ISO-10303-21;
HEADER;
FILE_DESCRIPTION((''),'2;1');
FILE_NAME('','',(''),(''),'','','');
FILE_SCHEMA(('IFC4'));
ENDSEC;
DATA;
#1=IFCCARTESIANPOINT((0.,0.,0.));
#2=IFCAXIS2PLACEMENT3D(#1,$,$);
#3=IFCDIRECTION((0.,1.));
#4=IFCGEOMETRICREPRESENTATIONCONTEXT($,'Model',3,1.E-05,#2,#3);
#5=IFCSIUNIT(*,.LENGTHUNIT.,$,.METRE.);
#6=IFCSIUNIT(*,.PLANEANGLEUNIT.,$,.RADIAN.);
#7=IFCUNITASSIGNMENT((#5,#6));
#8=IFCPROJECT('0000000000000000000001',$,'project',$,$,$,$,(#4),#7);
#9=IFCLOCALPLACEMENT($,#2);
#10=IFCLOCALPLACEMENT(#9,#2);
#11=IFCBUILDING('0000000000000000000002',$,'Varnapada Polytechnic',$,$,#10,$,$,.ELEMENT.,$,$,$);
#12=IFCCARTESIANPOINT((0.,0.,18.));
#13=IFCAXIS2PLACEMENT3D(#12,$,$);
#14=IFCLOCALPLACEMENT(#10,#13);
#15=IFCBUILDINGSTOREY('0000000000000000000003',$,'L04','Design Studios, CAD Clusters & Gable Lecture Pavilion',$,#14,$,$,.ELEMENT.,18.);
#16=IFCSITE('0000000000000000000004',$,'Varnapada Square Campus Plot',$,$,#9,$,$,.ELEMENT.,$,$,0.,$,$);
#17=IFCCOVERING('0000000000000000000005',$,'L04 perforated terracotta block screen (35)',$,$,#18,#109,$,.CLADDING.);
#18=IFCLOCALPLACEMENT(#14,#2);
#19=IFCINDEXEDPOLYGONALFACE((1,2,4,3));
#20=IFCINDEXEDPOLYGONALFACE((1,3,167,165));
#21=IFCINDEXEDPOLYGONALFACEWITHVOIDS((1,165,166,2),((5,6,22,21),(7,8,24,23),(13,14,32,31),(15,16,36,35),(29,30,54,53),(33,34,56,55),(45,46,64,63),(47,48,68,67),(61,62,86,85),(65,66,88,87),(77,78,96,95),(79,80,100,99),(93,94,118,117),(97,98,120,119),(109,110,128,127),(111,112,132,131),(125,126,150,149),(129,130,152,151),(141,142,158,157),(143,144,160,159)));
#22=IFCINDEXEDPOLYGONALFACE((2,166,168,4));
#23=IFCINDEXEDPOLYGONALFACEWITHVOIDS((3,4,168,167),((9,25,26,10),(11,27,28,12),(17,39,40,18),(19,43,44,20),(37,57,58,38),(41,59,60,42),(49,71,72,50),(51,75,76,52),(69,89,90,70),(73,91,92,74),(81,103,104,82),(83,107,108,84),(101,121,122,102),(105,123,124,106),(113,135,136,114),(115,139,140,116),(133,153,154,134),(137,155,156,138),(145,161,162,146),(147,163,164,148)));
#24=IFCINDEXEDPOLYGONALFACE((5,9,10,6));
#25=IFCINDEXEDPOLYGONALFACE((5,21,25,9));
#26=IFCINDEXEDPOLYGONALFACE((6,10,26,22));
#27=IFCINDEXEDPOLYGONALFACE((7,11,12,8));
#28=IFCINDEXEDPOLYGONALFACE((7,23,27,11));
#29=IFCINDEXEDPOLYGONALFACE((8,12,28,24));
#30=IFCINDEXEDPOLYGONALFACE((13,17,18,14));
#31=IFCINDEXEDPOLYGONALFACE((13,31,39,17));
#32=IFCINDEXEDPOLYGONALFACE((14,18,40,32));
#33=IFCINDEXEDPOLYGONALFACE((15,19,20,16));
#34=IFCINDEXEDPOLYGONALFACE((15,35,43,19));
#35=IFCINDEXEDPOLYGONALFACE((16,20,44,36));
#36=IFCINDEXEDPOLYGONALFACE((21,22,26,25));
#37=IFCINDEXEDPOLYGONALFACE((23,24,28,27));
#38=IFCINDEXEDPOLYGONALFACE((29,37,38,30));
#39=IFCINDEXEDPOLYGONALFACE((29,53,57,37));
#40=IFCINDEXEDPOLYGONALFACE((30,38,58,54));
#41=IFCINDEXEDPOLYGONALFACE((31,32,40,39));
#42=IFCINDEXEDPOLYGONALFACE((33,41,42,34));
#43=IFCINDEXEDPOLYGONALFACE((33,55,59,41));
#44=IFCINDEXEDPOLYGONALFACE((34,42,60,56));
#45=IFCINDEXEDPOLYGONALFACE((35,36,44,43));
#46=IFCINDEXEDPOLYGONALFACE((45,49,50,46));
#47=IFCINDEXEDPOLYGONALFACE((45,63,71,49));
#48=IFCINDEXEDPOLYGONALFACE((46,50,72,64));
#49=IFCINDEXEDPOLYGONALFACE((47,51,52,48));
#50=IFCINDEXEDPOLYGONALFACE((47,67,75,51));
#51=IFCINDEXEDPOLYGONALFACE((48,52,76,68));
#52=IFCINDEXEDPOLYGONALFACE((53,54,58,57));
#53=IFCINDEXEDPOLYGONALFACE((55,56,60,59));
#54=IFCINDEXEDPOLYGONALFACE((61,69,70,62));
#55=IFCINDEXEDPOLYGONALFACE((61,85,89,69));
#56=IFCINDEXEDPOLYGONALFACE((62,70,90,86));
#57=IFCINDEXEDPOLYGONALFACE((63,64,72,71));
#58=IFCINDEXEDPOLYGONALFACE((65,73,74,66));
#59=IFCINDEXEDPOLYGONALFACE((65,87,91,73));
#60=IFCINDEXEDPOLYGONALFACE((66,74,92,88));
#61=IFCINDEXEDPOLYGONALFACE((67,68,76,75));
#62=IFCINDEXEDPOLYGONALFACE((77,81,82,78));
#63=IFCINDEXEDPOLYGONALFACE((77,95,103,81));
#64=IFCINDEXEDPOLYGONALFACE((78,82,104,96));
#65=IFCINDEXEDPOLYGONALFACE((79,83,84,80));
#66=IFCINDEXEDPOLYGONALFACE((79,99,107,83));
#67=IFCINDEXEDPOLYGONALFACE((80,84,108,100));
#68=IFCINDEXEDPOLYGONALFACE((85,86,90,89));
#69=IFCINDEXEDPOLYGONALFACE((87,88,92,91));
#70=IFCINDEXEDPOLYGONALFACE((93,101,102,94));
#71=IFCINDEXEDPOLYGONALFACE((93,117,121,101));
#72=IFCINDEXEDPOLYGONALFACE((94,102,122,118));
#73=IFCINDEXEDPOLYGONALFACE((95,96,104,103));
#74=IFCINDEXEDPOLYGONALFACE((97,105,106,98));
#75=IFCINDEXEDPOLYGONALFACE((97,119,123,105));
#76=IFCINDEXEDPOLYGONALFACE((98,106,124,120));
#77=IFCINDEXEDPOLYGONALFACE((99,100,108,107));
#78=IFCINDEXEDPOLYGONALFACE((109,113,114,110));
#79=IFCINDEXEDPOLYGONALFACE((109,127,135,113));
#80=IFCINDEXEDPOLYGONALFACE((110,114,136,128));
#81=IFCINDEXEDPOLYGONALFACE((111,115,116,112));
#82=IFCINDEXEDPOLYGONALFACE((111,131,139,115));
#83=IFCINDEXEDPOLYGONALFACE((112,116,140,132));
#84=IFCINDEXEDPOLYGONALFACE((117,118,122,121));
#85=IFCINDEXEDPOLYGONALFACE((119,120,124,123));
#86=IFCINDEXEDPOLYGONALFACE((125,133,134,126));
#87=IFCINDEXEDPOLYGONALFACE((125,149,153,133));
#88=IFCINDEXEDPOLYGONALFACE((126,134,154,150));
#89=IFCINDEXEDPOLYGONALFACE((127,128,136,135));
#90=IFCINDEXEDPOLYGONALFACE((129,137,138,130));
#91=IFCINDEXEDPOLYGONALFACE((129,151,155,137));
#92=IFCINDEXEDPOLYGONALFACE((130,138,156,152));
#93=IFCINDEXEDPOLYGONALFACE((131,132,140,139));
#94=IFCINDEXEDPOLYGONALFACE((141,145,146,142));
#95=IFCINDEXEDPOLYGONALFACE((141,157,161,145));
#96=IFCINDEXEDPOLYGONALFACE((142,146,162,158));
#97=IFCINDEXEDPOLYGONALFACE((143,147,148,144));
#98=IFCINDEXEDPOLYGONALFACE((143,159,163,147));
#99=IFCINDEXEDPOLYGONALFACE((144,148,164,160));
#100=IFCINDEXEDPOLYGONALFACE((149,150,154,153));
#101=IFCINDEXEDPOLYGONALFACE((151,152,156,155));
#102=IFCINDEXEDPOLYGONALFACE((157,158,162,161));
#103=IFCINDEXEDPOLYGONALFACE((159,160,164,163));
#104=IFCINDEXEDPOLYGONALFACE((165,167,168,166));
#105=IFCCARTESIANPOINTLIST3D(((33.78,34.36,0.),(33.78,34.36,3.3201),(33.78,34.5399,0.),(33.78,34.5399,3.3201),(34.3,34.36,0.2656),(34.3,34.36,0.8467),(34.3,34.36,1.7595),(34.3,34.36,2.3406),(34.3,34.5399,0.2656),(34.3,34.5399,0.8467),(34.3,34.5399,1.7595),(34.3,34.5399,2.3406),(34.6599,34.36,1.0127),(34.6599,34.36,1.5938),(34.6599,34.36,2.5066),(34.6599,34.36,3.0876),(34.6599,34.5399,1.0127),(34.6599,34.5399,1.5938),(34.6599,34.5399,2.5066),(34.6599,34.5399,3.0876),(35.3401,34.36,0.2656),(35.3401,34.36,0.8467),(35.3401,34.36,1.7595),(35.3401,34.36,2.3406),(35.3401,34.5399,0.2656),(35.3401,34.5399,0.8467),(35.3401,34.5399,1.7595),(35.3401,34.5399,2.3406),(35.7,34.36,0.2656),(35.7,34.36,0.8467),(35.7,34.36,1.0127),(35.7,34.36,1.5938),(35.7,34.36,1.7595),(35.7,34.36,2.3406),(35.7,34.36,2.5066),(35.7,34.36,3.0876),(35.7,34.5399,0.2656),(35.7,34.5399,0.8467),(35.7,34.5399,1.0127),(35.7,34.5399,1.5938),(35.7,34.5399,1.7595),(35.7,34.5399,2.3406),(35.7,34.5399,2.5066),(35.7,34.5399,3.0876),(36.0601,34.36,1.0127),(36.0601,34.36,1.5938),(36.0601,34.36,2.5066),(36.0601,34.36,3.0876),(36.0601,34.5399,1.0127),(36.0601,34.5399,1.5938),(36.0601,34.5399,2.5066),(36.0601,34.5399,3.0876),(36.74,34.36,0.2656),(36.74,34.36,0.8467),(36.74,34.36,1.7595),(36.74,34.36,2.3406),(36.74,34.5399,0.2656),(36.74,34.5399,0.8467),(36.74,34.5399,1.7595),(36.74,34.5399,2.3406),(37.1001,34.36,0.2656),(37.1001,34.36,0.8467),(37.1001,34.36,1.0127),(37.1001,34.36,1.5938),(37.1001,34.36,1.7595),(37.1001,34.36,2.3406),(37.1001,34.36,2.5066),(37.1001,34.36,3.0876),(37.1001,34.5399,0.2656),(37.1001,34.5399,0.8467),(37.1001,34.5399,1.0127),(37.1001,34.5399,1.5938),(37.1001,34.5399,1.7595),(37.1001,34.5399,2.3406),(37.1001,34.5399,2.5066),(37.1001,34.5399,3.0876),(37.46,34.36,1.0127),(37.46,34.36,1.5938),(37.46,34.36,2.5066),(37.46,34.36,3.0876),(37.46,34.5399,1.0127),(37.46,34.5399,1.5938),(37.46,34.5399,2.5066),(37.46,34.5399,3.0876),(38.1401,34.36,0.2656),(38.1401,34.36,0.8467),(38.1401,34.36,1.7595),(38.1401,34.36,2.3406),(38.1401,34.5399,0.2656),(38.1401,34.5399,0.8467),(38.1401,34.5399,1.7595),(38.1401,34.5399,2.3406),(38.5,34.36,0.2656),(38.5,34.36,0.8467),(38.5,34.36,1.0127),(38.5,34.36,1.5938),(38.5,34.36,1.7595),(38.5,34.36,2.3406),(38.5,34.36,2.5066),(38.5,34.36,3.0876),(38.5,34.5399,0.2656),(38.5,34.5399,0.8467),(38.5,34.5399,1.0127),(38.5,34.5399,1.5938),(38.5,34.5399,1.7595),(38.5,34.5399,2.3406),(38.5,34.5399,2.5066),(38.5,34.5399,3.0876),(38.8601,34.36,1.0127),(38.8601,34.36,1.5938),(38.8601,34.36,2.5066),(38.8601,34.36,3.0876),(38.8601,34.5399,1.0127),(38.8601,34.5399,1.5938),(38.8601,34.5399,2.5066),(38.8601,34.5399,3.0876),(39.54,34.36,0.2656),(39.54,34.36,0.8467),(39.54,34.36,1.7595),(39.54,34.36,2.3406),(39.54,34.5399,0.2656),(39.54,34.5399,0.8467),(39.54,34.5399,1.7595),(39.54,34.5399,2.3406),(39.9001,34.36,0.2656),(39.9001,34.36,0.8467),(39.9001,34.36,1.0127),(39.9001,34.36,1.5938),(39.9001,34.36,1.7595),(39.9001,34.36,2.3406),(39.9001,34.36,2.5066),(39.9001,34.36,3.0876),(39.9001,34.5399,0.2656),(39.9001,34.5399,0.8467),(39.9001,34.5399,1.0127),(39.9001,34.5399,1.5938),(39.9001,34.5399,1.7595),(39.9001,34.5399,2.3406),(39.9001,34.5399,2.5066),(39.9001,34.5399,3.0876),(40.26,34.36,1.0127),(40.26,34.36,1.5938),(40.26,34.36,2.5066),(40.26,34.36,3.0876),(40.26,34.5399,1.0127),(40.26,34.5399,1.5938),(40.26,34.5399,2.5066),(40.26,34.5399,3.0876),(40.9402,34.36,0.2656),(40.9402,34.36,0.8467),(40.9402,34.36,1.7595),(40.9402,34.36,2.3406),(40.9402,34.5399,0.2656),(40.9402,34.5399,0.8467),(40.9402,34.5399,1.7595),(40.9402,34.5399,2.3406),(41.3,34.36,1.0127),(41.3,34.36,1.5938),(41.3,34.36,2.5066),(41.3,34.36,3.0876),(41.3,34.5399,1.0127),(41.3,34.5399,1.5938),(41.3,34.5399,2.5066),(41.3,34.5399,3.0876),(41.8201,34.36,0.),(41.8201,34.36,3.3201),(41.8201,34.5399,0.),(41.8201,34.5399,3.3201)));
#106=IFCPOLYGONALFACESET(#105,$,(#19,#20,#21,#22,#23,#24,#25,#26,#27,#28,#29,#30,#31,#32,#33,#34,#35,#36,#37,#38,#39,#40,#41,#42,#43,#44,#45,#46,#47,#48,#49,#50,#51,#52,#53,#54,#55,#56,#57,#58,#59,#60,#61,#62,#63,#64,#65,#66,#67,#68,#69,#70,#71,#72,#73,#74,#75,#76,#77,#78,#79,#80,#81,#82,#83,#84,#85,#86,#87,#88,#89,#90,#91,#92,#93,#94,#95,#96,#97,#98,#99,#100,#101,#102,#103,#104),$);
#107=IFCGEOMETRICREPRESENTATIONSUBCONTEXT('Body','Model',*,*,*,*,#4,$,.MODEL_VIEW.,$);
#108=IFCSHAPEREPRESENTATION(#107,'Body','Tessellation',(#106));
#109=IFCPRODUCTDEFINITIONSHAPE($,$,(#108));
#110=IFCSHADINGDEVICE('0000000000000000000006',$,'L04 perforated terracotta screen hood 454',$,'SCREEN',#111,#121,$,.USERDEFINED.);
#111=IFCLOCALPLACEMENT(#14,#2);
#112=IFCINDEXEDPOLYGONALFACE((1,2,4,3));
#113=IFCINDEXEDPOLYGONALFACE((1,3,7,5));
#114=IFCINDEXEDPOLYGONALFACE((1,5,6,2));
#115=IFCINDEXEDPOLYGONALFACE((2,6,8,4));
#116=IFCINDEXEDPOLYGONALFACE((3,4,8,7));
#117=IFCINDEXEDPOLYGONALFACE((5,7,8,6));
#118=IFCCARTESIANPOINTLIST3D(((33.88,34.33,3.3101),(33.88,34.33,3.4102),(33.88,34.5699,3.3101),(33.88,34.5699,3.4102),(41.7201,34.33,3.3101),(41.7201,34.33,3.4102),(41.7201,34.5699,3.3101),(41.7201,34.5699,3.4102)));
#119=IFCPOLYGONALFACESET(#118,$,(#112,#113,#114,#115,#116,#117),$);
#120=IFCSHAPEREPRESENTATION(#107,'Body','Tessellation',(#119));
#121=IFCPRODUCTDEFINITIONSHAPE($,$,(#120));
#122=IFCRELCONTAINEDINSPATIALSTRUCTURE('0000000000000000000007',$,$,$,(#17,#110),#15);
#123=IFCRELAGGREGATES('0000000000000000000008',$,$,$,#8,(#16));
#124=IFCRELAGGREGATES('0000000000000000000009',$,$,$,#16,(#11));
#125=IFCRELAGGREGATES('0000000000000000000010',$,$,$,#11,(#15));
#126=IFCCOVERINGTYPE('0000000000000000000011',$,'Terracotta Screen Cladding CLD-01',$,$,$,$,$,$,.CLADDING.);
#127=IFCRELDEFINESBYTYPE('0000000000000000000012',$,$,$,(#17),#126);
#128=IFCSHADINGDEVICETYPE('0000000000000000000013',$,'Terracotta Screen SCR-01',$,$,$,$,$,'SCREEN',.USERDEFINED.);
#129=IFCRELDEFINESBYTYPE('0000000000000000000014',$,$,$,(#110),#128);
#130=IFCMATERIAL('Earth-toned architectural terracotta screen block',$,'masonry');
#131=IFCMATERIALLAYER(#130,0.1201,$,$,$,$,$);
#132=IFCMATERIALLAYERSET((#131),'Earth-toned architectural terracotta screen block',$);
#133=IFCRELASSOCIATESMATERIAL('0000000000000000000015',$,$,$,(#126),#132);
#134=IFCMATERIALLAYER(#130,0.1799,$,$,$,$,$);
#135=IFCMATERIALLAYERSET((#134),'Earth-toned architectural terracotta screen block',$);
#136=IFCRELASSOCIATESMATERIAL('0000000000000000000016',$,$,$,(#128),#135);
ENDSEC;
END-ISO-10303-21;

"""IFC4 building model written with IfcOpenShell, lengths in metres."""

from ifc_helpers import new_model, si_unit, direction, frame, frame_2d, origin, origin_2d, place, context, subcontext, project, spatial, rectangle, extrude, material, layer, layer_set, type_object, element, save


model = new_model("IFC4")

# Units and contexts
model_context = context("Model", 3, precision=1e-05, world=origin(), true_north=direction((0.0, 1.0)))
body_context = subcontext(model_context, "Body", "Model", "MODEL_VIEW")
ifc_project = project(units=[si_unit("LENGTHUNIT", "METRE"), si_unit("PLANEANGLEUNIT", "RADIAN")], contexts=[model_context])

# Site, building, storey
site_placement = place(None, origin())
site = spatial("IfcSite", under=ifc_project, at=site_placement, Name="Varnapada Square Campus Plot", CompositionType="ELEMENT", RefElevation=0.0)
building_placement = place(site_placement, origin())
building = spatial("IfcBuilding", under=site, at=building_placement, Name="Varnapada Polytechnic", CompositionType="ELEMENT")
storey_placement = place(building_placement, frame((0.0, 0.0, 18.0)))
storey = spatial("IfcBuildingStorey", under=building, at=storey_placement, Name="L04", Description="Design Studios, CAD Clusters & Gable Lecture Pavilion", CompositionType="ELEMENT", Elevation=18.0)

# Covering, openings
ifc_material_1 = material(Name="Earth-toned architectural terracotta screen block", Category="masonry")
ifc_layer_1 = layer(ifc_material_1, 0.1201)
ifc_layer_set_1 = layer_set([ifc_layer_1], Name="Earth-toned architectural terracotta screen block")
covering_type = type_object("IfcCoveringType", Name="Terracotta Screen Cladding CLD-01", PredefinedType="CLADDING", material=ifc_layer_set_1)
covering_placement = place(storey_placement, frame((33.78, 34.45, 0.0), z_axis=(0.0, 0.0, 1.0), x_axis=(1.0, 0.0, 0.0)))
covering = element("IfcCovering", 1, at=covering_placement, inside=storey, type_object=covering_type, Name="L04 perforated terracotta block screen (35)", PredefinedType="CLADDING", context=body_context, shape_type="SweptSolid", body=[
    extrude(rectangle(XDim=8.04, YDim=0.1799, at=frame_2d((4.02, 0.0))), origin(), (0.0, 0.0, 1.0), 3.3201),
])
opening_1_placement = place(covering_placement, frame((0.52, 0.0, 0.2656)))
element("IfcOpeningElement", 2, at=opening_1_placement, cuts=covering, PredefinedType="OPENING", context=body_context, shape_type="SweptSolid", body=[
    extrude(rectangle(XDim=1.04, YDim=0.5811, at=frame_2d((0.52, 0.2905))), frame((0.0, 0.0999, 0.0), z_axis=(0.0, -1.0, 0.0), x_axis=(1.0, 0.0, 0.0)), (0.0, 0.0, 1.0), 0.2),
])
opening_2_placement = place(covering_placement, frame((1.9199, 0.0, 0.2656)))
element("IfcOpeningElement", 3, at=opening_2_placement, cuts=covering, PredefinedType="OPENING", context=body_context, shape_type="SweptSolid", body=[
    extrude(rectangle(XDim=1.04, YDim=0.5811, at=frame_2d((0.52, 0.2905))), frame((0.0, 0.0999, 0.0), z_axis=(0.0, -1.0, 0.0), x_axis=(1.0, 0.0, 0.0)), (0.0, 0.0, 1.0), 0.2),
])
opening_3_placement = place(covering_placement, frame((3.3201, 0.0, 0.2656)))
element("IfcOpeningElement", 4, at=opening_3_placement, cuts=covering, PredefinedType="OPENING", context=body_context, shape_type="SweptSolid", body=[
    extrude(rectangle(XDim=1.04, YDim=0.5811, at=frame_2d((0.52, 0.2905))), frame((0.0, 0.0999, 0.0), z_axis=(0.0, -1.0, 0.0), x_axis=(1.0, 0.0, 0.0)), (0.0, 0.0, 1.0), 0.2),
])
opening_4_placement = place(covering_placement, frame((4.72, 0.0, 0.2656)))
element("IfcOpeningElement", 5, at=opening_4_placement, cuts=covering, PredefinedType="OPENING", context=body_context, shape_type="SweptSolid", body=[
    extrude(rectangle(XDim=1.04, YDim=0.5811, at=frame_2d((0.52, 0.2905))), frame((0.0, 0.0999, 0.0), z_axis=(0.0, -1.0, 0.0), x_axis=(1.0, 0.0, 0.0)), (0.0, 0.0, 1.0), 0.2),
])
opening_5_placement = place(covering_placement, frame((6.1201, 0.0, 0.2656)))
element("IfcOpeningElement", 6, at=opening_5_placement, cuts=covering, PredefinedType="OPENING", context=body_context, shape_type="SweptSolid", body=[
    extrude(rectangle(XDim=1.04, YDim=0.5811, at=frame_2d((0.52, 0.2905))), frame((0.0, 0.0999, 0.0), z_axis=(0.0, -1.0, 0.0), x_axis=(1.0, 0.0, 0.0)), (0.0, 0.0, 1.0), 0.2),
])
opening_6_placement = place(covering_placement, frame((0.8799, 0.0, 1.0127)))
element("IfcOpeningElement", 7, at=opening_6_placement, cuts=covering, PredefinedType="OPENING", context=body_context, shape_type="SweptSolid", body=[
    extrude(rectangle(XDim=1.04, YDim=0.5811, at=frame_2d((0.52, 0.2905))), frame((0.0, 0.0999, 0.0), z_axis=(0.0, -1.0, 0.0), x_axis=(1.0, 0.0, 0.0)), (0.0, 0.0, 1.0), 0.2),
])
opening_7_placement = place(covering_placement, frame((2.28, 0.0, 1.0127)))
element("IfcOpeningElement", 8, at=opening_7_placement, cuts=covering, PredefinedType="OPENING", context=body_context, shape_type="SweptSolid", body=[
    extrude(rectangle(XDim=1.04, YDim=0.5811, at=frame_2d((0.52, 0.2905))), frame((0.0, 0.0999, 0.0), z_axis=(0.0, -1.0, 0.0), x_axis=(1.0, 0.0, 0.0)), (0.0, 0.0, 1.0), 0.2),
])
opening_8_placement = place(covering_placement, frame((3.6799, 0.0, 1.0127)))
element("IfcOpeningElement", 9, at=opening_8_placement, cuts=covering, PredefinedType="OPENING", context=body_context, shape_type="SweptSolid", body=[
    extrude(rectangle(XDim=1.04, YDim=0.5811, at=frame_2d((0.52, 0.2905))), frame((0.0, 0.0999, 0.0), z_axis=(0.0, -1.0, 0.0), x_axis=(1.0, 0.0, 0.0)), (0.0, 0.0, 1.0), 0.2),
])
opening_9_placement = place(covering_placement, frame((5.0801, 0.0, 1.0127)))
element("IfcOpeningElement", 10, at=opening_9_placement, cuts=covering, PredefinedType="OPENING", context=body_context, shape_type="SweptSolid", body=[
    extrude(rectangle(XDim=1.04, YDim=0.5811, at=frame_2d((0.52, 0.2905))), frame((0.0, 0.0999, 0.0), z_axis=(0.0, -1.0, 0.0), x_axis=(1.0, 0.0, 0.0)), (0.0, 0.0, 1.0), 0.2),
])
opening_10_placement = place(covering_placement, frame((6.48, 0.0, 1.0127)))
element("IfcOpeningElement", 11, at=opening_10_placement, cuts=covering, PredefinedType="OPENING", context=body_context, shape_type="SweptSolid", body=[
    extrude(rectangle(XDim=1.04, YDim=0.5811, at=frame_2d((0.52, 0.2905))), frame((0.0, 0.0999, 0.0), z_axis=(0.0, -1.0, 0.0), x_axis=(1.0, 0.0, 0.0)), (0.0, 0.0, 1.0), 0.2),
])
opening_11_placement = place(covering_placement, frame((0.52, 0.0, 1.7595)))
element("IfcOpeningElement", 12, at=opening_11_placement, cuts=covering, PredefinedType="OPENING", context=body_context, shape_type="SweptSolid", body=[
    extrude(rectangle(XDim=1.04, YDim=0.5811, at=frame_2d((0.52, 0.2905))), frame((0.0, 0.0999, 0.0), z_axis=(0.0, -1.0, 0.0), x_axis=(1.0, 0.0, 0.0)), (0.0, 0.0, 1.0), 0.2),
])
opening_12_placement = place(covering_placement, frame((1.9199, 0.0, 1.7595)))
element("IfcOpeningElement", 13, at=opening_12_placement, cuts=covering, PredefinedType="OPENING", context=body_context, shape_type="SweptSolid", body=[
    extrude(rectangle(XDim=1.04, YDim=0.5811, at=frame_2d((0.52, 0.2905))), frame((0.0, 0.0999, 0.0), z_axis=(0.0, -1.0, 0.0), x_axis=(1.0, 0.0, 0.0)), (0.0, 0.0, 1.0), 0.2),
])
opening_13_placement = place(covering_placement, frame((3.3201, 0.0, 1.7595)))
element("IfcOpeningElement", 14, at=opening_13_placement, cuts=covering, PredefinedType="OPENING", context=body_context, shape_type="SweptSolid", body=[
    extrude(rectangle(XDim=1.04, YDim=0.5811, at=frame_2d((0.52, 0.2905))), frame((0.0, 0.0999, 0.0), z_axis=(0.0, -1.0, 0.0), x_axis=(1.0, 0.0, 0.0)), (0.0, 0.0, 1.0), 0.2),
])
opening_14_placement = place(covering_placement, frame((4.72, 0.0, 1.7595)))
element("IfcOpeningElement", 15, at=opening_14_placement, cuts=covering, PredefinedType="OPENING", context=body_context, shape_type="SweptSolid", body=[
    extrude(rectangle(XDim=1.04, YDim=0.5811, at=frame_2d((0.52, 0.2905))), frame((0.0, 0.0999, 0.0), z_axis=(0.0, -1.0, 0.0), x_axis=(1.0, 0.0, 0.0)), (0.0, 0.0, 1.0), 0.2),
])
opening_15_placement = place(covering_placement, frame((6.1201, 0.0, 1.7595)))
element("IfcOpeningElement", 16, at=opening_15_placement, cuts=covering, PredefinedType="OPENING", context=body_context, shape_type="SweptSolid", body=[
    extrude(rectangle(XDim=1.04, YDim=0.5811, at=frame_2d((0.52, 0.2905))), frame((0.0, 0.0999, 0.0), z_axis=(0.0, -1.0, 0.0), x_axis=(1.0, 0.0, 0.0)), (0.0, 0.0, 1.0), 0.2),
])
opening_16_placement = place(covering_placement, frame((0.8799, 0.0, 2.5066)))
element("IfcOpeningElement", 17, at=opening_16_placement, cuts=covering, PredefinedType="OPENING", context=body_context, shape_type="SweptSolid", body=[
    extrude(rectangle(XDim=1.04, YDim=0.5811, at=frame_2d((0.52, 0.2905))), frame((0.0, 0.0999, 0.0), z_axis=(0.0, -1.0, 0.0), x_axis=(1.0, 0.0, 0.0)), (0.0, 0.0, 1.0), 0.2),
])
opening_17_placement = place(covering_placement, frame((2.28, 0.0, 2.5066)))
element("IfcOpeningElement", 18, at=opening_17_placement, cuts=covering, PredefinedType="OPENING", context=body_context, shape_type="SweptSolid", body=[
    extrude(rectangle(XDim=1.04, YDim=0.5811, at=frame_2d((0.52, 0.2905))), frame((0.0, 0.0999, 0.0), z_axis=(0.0, -1.0, 0.0), x_axis=(1.0, 0.0, 0.0)), (0.0, 0.0, 1.0), 0.2),
])
opening_18_placement = place(covering_placement, frame((3.6799, 0.0, 2.5066)))
element("IfcOpeningElement", 19, at=opening_18_placement, cuts=covering, PredefinedType="OPENING", context=body_context, shape_type="SweptSolid", body=[
    extrude(rectangle(XDim=1.04, YDim=0.5811, at=frame_2d((0.52, 0.2905))), frame((0.0, 0.0999, 0.0), z_axis=(0.0, -1.0, 0.0), x_axis=(1.0, 0.0, 0.0)), (0.0, 0.0, 1.0), 0.2),
])
opening_19_placement = place(covering_placement, frame((5.0801, 0.0, 2.5066)))
element("IfcOpeningElement", 20, at=opening_19_placement, cuts=covering, PredefinedType="OPENING", context=body_context, shape_type="SweptSolid", body=[
    extrude(rectangle(XDim=1.04, YDim=0.5811, at=frame_2d((0.52, 0.2905))), frame((0.0, 0.0999, 0.0), z_axis=(0.0, -1.0, 0.0), x_axis=(1.0, 0.0, 0.0)), (0.0, 0.0, 1.0), 0.2),
])
opening_20_placement = place(covering_placement, frame((6.48, 0.0, 2.5066)))
element("IfcOpeningElement", 21, at=opening_20_placement, cuts=covering, PredefinedType="OPENING", context=body_context, shape_type="SweptSolid", body=[
    extrude(rectangle(XDim=1.04, YDim=0.5811, at=frame_2d((0.52, 0.2905))), frame((0.0, 0.0999, 0.0), z_axis=(0.0, -1.0, 0.0), x_axis=(1.0, 0.0, 0.0)), (0.0, 0.0, 1.0), 0.2),
])

# Shading device
ifc_layer_2 = layer(ifc_material_1, 0.1799)
ifc_layer_set_2 = layer_set([ifc_layer_2], Name="Earth-toned architectural terracotta screen block")
shading_device_type = type_object("IfcShadingDeviceType", Name="Terracotta Screen SCR-01", ElementType="SCREEN", PredefinedType="USERDEFINED", material=ifc_layer_set_2)
shading_device_placement = place(storey_placement, frame((37.8, 34.45, 3.3101), z_axis=(0.0, 0.0, 1.0), x_axis=(1.0, 0.0, 0.0)))
element("IfcShadingDevice", 22, at=shading_device_placement, inside=storey, type_object=shading_device_type, Name="L04 perforated terracotta screen hood 454", ObjectType="SCREEN", PredefinedType="USERDEFINED", context=body_context, shape_type="SweptSolid", body=[
    extrude(rectangle(XDim=7.8401, YDim=0.24, at=origin_2d()), origin(), (0.0, 0.0, 1.0), 0.1001),
])

save(model, "model.ifc")
